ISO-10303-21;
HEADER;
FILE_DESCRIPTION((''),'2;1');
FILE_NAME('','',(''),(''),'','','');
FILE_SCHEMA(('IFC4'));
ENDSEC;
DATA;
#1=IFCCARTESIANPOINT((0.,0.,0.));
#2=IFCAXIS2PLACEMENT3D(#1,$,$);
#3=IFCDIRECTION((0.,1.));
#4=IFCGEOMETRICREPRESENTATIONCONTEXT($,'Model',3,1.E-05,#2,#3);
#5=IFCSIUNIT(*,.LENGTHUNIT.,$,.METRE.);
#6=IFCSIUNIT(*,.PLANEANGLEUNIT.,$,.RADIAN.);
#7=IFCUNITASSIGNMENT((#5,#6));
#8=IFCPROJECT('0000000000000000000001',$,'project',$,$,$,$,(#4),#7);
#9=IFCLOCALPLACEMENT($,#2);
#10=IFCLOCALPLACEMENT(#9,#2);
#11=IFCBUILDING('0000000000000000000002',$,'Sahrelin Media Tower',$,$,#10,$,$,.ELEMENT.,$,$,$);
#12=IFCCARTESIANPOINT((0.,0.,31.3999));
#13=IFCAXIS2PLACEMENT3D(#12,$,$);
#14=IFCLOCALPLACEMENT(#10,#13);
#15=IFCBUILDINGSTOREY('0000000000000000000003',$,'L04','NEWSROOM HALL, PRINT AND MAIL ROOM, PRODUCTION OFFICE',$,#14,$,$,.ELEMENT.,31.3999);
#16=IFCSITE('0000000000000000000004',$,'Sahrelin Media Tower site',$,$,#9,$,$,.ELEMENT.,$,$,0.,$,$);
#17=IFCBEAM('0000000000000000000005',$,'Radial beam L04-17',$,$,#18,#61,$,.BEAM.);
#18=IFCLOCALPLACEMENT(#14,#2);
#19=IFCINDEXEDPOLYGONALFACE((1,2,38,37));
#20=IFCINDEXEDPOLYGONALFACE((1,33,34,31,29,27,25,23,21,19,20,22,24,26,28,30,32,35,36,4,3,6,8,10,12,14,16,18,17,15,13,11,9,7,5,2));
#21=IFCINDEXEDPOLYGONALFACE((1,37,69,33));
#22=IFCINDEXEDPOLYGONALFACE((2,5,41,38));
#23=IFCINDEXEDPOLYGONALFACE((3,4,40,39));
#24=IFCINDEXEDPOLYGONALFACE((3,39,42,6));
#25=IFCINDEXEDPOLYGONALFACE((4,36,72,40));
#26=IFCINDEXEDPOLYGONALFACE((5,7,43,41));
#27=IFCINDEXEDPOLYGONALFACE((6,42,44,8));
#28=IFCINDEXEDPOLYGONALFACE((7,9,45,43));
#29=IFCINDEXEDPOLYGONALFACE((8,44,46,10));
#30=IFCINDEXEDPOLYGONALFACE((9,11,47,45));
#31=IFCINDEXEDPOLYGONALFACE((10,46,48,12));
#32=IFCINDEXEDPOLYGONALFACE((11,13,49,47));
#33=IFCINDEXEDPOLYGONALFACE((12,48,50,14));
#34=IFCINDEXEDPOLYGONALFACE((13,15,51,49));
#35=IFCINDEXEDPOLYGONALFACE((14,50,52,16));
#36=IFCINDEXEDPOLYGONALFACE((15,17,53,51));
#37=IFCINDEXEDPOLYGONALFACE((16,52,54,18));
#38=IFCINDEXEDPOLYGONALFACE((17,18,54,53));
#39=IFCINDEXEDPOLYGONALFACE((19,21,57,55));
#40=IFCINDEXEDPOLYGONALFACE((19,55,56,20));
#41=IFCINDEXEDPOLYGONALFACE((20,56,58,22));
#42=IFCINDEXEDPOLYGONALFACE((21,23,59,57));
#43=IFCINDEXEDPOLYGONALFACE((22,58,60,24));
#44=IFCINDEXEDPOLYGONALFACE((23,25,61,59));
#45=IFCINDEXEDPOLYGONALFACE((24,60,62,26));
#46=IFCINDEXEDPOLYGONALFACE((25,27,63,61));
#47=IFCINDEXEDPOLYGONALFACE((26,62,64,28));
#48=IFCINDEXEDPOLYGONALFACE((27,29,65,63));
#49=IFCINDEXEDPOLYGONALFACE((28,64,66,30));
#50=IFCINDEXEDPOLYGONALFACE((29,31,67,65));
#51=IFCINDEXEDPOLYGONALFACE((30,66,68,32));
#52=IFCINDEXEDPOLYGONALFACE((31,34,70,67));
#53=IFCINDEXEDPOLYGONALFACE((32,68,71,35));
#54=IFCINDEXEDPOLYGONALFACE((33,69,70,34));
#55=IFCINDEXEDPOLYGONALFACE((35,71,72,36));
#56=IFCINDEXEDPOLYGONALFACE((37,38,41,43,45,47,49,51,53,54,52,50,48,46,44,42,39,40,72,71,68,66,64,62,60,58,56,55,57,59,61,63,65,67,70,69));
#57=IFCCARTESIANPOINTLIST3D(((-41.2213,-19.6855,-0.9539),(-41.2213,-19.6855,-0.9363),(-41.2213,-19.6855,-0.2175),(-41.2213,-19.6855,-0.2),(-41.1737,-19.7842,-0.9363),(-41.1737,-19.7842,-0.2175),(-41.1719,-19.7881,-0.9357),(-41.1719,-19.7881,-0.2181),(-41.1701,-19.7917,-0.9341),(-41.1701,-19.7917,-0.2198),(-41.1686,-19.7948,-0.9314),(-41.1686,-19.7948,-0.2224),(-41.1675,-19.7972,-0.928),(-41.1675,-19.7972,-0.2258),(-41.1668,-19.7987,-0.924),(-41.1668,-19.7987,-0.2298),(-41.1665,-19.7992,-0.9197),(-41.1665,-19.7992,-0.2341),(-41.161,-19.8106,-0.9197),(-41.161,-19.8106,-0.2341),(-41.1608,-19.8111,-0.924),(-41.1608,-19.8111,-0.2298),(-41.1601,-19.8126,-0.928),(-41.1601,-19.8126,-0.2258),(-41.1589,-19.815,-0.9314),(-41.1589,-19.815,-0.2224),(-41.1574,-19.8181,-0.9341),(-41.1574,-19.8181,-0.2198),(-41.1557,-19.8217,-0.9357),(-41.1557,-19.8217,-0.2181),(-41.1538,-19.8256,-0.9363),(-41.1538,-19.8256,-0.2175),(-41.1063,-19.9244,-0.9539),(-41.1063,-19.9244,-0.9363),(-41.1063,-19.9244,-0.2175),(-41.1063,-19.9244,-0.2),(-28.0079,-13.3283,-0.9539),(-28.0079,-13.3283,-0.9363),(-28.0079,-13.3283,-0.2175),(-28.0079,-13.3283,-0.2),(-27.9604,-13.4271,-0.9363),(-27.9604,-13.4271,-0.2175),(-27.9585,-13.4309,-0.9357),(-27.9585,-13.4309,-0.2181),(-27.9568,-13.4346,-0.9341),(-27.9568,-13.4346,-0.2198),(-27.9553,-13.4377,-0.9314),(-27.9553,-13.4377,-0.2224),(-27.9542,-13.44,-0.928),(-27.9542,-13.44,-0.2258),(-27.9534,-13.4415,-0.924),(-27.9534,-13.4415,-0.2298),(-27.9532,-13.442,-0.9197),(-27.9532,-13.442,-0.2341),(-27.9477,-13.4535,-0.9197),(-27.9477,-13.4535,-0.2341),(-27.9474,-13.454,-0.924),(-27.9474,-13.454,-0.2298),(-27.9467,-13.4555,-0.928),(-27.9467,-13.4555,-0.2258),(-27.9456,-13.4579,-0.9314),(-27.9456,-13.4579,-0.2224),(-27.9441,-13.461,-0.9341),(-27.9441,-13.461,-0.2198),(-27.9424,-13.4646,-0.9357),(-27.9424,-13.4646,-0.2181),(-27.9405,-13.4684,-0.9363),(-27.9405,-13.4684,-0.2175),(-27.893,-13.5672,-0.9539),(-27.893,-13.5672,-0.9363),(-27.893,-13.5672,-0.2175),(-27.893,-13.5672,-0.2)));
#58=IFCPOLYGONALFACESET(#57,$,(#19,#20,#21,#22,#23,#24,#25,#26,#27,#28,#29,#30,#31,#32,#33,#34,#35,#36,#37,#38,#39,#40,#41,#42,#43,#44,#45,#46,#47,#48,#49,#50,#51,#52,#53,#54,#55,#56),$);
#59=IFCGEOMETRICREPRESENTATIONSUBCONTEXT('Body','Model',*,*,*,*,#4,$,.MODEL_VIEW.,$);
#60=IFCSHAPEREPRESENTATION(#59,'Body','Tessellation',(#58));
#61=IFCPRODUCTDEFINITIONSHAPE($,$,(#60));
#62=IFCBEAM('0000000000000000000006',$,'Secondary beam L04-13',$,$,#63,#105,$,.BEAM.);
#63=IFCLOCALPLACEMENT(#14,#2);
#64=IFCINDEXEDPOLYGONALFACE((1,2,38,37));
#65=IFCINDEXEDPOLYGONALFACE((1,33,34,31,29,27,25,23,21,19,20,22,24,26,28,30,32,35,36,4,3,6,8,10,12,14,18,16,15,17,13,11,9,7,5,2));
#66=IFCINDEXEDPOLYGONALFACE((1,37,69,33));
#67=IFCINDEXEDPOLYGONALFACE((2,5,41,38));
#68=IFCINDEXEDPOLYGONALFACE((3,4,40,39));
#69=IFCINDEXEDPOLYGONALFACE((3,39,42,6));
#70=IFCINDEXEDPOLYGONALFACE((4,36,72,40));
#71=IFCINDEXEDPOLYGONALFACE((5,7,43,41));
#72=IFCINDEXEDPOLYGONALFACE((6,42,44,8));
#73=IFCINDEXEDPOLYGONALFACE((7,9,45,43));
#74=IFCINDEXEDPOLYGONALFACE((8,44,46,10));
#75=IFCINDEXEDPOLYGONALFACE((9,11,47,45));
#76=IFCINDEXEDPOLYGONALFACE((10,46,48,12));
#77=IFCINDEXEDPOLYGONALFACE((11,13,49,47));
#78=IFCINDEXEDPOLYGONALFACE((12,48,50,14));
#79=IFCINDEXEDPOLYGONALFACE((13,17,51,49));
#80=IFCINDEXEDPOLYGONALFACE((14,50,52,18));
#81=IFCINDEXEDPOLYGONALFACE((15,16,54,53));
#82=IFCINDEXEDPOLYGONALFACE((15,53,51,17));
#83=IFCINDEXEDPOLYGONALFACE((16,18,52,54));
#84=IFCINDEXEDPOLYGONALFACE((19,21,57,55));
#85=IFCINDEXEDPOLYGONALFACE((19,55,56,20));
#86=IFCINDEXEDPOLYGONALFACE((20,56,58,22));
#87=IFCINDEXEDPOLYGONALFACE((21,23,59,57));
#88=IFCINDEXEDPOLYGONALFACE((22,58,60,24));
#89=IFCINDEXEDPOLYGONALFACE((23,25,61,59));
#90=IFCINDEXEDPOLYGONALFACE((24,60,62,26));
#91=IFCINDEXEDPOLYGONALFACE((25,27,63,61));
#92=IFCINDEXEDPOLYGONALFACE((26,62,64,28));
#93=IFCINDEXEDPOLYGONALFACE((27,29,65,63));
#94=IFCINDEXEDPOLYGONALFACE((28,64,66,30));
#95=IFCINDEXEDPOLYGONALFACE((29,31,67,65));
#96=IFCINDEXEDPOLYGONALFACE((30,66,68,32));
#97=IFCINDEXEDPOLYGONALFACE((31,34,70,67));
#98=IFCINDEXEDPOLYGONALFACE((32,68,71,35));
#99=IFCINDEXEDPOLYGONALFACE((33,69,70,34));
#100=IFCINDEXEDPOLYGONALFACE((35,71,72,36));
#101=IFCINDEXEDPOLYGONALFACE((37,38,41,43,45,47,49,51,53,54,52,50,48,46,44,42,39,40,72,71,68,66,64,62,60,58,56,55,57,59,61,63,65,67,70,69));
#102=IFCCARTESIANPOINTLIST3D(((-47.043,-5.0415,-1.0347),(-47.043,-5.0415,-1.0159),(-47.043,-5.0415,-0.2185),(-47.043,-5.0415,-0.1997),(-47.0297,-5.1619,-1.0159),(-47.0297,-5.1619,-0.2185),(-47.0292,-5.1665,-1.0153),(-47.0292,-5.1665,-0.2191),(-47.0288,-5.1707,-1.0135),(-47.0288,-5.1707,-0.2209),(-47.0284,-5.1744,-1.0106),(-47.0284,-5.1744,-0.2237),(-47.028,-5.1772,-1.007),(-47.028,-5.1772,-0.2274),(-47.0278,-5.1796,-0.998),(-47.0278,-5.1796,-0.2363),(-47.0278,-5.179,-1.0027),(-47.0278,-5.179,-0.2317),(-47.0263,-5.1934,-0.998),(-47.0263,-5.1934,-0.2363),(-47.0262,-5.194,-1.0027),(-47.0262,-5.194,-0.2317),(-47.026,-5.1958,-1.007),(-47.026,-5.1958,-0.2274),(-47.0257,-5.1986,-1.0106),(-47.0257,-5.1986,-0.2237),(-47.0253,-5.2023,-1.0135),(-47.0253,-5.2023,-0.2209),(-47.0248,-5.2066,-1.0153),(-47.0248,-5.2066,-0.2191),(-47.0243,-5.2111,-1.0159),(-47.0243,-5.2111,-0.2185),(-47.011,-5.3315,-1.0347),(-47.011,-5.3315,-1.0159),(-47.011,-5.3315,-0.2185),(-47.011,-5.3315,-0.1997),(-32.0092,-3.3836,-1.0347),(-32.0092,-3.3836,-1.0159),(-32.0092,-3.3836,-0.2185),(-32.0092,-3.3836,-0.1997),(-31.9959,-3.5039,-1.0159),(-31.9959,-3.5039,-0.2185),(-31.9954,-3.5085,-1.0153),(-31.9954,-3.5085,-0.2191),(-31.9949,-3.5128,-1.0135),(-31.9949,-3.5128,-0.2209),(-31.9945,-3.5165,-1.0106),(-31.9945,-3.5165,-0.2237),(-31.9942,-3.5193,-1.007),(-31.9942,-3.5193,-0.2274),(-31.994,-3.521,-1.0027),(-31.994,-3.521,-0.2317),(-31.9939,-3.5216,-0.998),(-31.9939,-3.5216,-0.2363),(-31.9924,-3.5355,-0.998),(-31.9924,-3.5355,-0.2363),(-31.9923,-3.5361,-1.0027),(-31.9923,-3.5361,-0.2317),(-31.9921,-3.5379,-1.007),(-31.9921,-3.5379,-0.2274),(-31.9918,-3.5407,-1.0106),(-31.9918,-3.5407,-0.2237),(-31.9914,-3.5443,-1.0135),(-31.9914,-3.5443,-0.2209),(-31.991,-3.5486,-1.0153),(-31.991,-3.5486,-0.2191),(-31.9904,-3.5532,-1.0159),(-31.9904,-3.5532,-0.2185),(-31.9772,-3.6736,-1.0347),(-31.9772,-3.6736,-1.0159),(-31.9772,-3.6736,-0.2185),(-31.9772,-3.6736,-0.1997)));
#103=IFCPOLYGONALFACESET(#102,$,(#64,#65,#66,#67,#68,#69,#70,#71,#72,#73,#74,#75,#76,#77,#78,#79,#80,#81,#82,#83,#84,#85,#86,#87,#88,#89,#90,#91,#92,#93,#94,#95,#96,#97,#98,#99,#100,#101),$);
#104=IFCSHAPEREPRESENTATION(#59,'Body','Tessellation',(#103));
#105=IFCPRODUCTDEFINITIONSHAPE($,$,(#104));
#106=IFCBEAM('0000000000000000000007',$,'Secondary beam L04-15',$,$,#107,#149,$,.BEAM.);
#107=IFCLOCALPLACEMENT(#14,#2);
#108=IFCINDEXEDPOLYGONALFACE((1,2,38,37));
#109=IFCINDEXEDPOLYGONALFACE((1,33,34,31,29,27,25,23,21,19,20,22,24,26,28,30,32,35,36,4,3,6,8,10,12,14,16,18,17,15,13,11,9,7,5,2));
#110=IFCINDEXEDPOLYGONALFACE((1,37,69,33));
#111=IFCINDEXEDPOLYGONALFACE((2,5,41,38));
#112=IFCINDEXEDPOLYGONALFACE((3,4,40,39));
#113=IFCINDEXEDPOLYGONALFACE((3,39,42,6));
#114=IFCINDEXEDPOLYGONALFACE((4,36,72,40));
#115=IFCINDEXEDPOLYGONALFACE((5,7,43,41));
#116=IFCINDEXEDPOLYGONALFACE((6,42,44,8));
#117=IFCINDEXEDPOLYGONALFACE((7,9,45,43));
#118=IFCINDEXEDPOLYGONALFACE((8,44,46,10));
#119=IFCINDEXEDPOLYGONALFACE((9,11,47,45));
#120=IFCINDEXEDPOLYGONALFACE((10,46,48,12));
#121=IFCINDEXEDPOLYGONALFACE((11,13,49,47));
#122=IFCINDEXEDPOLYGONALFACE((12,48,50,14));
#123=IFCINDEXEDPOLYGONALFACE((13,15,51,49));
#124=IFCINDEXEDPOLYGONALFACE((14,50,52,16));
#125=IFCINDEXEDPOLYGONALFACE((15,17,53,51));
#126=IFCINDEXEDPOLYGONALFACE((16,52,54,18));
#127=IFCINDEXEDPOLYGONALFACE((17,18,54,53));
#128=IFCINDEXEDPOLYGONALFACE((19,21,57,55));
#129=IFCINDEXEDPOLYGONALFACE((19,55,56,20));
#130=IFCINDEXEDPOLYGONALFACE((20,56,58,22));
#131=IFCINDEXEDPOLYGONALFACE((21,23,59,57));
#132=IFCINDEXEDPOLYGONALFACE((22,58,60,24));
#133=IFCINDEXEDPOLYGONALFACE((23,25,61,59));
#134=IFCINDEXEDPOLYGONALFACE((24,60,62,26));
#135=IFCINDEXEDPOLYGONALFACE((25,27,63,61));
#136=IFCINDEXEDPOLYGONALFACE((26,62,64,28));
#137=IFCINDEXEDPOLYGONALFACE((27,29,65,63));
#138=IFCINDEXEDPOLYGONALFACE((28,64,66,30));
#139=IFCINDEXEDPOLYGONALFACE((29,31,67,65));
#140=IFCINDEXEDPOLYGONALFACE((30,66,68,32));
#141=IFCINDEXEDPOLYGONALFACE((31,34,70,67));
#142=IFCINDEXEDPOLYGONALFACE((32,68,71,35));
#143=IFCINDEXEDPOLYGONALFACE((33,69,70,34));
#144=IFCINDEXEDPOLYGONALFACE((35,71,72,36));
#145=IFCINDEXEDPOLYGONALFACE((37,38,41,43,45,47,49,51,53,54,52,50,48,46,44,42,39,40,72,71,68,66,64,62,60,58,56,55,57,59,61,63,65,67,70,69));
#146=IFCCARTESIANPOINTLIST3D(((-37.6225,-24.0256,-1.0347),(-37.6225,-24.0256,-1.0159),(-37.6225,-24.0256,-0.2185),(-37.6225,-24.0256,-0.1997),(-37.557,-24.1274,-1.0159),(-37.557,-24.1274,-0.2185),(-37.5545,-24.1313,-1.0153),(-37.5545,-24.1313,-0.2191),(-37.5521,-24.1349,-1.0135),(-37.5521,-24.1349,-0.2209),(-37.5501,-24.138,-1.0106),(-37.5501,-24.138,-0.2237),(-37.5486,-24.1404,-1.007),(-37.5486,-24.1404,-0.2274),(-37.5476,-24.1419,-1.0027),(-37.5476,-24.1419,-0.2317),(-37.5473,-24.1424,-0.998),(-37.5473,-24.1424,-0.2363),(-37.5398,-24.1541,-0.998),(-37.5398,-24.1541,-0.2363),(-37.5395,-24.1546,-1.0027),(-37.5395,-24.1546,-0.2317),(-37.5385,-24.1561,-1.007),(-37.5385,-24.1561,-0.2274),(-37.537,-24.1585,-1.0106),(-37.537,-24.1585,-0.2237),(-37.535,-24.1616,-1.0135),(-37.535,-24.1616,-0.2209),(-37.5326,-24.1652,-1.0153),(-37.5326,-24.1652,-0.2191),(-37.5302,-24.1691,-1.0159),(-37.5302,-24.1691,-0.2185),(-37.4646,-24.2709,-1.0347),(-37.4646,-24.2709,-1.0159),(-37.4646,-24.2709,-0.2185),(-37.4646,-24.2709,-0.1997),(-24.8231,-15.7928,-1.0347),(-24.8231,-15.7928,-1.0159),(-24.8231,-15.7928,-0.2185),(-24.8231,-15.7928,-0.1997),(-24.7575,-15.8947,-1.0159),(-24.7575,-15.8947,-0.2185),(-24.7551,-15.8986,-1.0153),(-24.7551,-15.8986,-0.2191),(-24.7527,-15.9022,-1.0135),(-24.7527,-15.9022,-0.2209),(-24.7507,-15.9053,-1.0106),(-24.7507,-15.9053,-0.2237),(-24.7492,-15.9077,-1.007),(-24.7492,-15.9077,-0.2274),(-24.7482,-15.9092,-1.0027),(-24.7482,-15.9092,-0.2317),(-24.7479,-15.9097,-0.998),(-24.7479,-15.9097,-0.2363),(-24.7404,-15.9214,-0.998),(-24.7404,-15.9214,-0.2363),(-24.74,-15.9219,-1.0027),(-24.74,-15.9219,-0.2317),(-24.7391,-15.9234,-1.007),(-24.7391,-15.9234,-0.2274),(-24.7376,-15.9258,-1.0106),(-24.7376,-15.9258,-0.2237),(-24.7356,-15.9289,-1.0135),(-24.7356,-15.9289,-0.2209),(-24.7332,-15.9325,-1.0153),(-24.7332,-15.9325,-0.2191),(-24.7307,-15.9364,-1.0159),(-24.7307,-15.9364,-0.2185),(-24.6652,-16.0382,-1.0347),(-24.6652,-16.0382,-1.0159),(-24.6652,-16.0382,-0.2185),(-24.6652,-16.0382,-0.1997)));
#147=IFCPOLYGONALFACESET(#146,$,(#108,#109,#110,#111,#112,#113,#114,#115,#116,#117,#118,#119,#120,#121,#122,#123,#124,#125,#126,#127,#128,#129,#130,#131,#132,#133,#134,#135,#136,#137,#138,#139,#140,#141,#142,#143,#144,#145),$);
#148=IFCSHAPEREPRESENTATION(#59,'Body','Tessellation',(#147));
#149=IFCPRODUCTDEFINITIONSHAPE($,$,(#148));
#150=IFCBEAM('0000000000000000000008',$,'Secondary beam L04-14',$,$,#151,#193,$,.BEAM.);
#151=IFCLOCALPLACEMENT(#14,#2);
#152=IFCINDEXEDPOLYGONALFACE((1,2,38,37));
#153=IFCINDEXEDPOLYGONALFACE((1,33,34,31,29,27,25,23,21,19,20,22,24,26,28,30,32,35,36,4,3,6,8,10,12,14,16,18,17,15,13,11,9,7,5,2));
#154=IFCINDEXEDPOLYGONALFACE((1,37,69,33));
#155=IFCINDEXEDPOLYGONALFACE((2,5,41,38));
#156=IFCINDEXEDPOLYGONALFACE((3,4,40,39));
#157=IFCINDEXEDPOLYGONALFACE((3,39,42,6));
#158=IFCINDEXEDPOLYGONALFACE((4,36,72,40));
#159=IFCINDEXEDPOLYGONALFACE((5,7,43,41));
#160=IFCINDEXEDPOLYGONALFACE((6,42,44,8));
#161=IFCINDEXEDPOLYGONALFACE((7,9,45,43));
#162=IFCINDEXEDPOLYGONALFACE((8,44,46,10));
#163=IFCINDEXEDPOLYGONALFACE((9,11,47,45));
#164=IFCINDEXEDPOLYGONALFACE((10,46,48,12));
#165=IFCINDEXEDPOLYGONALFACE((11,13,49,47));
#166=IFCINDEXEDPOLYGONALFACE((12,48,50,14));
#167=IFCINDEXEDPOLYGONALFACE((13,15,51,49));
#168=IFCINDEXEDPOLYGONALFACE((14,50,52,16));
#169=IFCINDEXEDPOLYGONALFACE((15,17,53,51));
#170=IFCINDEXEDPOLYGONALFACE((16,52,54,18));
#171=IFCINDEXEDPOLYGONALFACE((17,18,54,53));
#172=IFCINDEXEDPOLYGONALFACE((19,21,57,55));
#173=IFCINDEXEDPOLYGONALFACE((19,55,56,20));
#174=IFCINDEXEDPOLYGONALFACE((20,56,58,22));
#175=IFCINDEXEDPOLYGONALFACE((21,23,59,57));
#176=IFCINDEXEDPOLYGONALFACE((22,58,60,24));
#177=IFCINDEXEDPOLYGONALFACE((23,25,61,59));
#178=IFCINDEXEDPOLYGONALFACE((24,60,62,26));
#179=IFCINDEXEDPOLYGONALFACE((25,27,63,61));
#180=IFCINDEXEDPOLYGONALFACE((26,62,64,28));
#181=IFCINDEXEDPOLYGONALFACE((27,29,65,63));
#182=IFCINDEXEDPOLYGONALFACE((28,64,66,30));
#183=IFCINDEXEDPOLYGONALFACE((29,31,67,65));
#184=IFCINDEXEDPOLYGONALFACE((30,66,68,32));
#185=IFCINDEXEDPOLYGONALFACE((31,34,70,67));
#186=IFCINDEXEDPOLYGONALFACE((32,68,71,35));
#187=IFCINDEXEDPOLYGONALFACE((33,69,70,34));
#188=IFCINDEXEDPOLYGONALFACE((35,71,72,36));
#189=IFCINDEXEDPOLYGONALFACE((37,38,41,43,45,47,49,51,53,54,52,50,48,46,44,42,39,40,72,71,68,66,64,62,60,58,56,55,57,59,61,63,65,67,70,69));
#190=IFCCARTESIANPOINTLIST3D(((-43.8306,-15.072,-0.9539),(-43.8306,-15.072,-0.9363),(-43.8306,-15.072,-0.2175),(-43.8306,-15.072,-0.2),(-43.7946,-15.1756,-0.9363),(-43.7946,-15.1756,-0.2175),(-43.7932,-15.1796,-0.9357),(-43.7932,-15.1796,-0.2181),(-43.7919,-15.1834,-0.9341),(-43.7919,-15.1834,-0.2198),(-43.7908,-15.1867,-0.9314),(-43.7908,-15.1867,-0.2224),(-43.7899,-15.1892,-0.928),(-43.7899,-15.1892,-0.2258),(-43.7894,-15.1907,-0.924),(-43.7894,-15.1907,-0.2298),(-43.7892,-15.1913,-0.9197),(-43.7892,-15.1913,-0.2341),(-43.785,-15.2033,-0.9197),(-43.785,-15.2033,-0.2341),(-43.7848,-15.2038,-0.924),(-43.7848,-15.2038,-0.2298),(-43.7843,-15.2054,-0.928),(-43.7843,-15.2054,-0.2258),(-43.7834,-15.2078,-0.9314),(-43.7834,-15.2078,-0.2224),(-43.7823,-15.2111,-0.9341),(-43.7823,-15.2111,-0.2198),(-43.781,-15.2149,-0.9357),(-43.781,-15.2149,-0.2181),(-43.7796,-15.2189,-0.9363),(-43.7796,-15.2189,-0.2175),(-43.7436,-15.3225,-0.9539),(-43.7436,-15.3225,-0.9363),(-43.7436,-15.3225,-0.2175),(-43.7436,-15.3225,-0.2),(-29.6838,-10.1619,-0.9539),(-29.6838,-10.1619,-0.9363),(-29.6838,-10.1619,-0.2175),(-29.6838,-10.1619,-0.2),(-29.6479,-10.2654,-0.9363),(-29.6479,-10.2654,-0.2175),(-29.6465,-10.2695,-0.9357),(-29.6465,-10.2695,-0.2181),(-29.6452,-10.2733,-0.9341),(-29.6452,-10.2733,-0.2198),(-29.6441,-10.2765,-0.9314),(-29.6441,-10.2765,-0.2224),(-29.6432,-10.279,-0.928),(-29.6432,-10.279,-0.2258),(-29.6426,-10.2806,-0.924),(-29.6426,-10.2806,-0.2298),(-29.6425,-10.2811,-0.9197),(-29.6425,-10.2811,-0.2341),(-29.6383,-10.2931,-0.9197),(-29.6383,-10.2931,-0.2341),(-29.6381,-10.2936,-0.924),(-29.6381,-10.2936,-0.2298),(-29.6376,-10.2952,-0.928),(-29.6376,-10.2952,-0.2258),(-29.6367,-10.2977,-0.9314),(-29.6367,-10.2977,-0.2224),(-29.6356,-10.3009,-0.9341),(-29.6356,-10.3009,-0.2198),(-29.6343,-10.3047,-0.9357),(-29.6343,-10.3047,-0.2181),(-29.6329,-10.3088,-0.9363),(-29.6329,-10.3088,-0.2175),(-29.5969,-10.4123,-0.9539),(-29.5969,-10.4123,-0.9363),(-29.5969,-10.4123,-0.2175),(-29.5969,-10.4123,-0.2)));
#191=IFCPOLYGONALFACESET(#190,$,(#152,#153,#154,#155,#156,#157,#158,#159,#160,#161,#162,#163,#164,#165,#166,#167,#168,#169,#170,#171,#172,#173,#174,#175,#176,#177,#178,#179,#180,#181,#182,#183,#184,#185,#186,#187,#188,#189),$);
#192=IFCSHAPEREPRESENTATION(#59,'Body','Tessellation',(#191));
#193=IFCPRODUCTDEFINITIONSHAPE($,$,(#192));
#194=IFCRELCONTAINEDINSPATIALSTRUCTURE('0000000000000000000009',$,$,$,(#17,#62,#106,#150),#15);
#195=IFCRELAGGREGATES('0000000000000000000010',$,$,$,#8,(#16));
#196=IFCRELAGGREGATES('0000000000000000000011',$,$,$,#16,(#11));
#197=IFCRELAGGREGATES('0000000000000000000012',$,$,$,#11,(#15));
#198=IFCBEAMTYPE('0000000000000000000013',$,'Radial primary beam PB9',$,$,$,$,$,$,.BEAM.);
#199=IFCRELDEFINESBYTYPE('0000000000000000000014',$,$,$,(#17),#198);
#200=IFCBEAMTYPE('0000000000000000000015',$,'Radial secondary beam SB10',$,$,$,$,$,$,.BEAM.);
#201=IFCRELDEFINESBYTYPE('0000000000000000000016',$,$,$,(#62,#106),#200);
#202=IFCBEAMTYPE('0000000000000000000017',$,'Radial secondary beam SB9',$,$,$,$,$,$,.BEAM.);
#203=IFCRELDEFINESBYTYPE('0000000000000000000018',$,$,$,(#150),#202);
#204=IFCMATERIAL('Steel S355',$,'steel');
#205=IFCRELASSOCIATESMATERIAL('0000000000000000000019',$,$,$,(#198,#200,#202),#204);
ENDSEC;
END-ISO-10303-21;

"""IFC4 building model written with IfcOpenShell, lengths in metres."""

from ifc_helpers import new_model, si_unit, direction, frame, origin, origin_2d, place, context, subcontext, project, spatial, i_section, extrude, material, material_profile, profile_set, type_object, element, save


model = new_model("IFC4")

# Units and contexts
model_context = context("Model", 3, precision=1e-05, world=origin(), true_north=direction((0.0, 1.0)))
body_context = subcontext(model_context, "Body", "Model", "MODEL_VIEW")
ifc_project = project(units=[si_unit("LENGTHUNIT", "METRE"), si_unit("PLANEANGLEUNIT", "RADIAN")], contexts=[model_context])

# Site, building, storey
site_placement = place(None, origin())
site = spatial("IfcSite", under=ifc_project, at=site_placement, Name="Sahrelin Media Tower site", CompositionType="ELEMENT", RefElevation=0.0)
building_placement = place(site_placement, origin())
building = spatial("IfcBuilding", under=site, at=building_placement, Name="Sahrelin Media Tower", CompositionType="ELEMENT")
storey_placement = place(building_placement, frame((0.0, 0.0, 31.3999)))
storey = spatial("IfcBuildingStorey", under=building, at=storey_placement, Name="L04", Description="NEWSROOM HALL, PRINT AND MAIL ROOM, PRODUCTION OFFICE", CompositionType="ELEMENT", Elevation=31.3999)

# Beams
ifc_material_1 = material(Name="Steel S355", Category="steel")
ifc_material_profile_1 = material_profile(ifc_material_1, i_section(OverallWidth=0.2651, OverallDepth=0.7539, WebThickness=0.0127, FlangeThickness=0.0176, FilletRadius=0.0166, at=origin_2d()), Name="UB 762x267x147")
ifc_profile_set_1 = profile_set([ifc_material_profile_1], Name="Steel S355")
beam_type_1 = type_object("IfcBeamType", Name="Radial primary beam PB9", PredefinedType="BEAM", material=ifc_profile_set_1)
beam_1_placement = place(storey_placement, frame((-27.9504, -13.4478, -0.5769), z_axis=(-0.90113, -0.433549, 0.0), x_axis=(0.433549, -0.90113, 0.0)))
element("IfcBeam", 1, at=beam_1_placement, inside=storey, type_object=beam_type_1, Name="Radial beam L04-17", PredefinedType="BEAM", context=body_context, shape_type="SweptSolid", body=[
    extrude(i_section(OverallWidth=0.2651, OverallDepth=0.7539, WebThickness=0.0127, FlangeThickness=0.0176, FilletRadius=0.0166, at=origin_2d()), origin(), (0.0, 0.0, 1.0), 14.6631),
])
ifc_material_profile_2 = material_profile(ifc_material_1, i_section(OverallWidth=0.2917, OverallDepth=0.835, WebThickness=0.0139, FlangeThickness=0.0188, FilletRadius=0.0178, at=origin_2d()), Name="UB 838x292x176")
ifc_profile_set_2 = profile_set([ifc_material_profile_2], Name="Steel S355")
beam_type_2 = type_object("IfcBeamType", Name="Radial secondary beam SB10", PredefinedType="BEAM", material=ifc_profile_set_2)
beam_2_placement = place(storey_placement, frame((-31.9932, -3.5286, -0.6172), z_axis=(-0.993974, -0.109617, 0.0), x_axis=(0.109617, -0.993974, 0.0)))
element("IfcBeam", 2, at=beam_2_placement, inside=storey, type_object=beam_type_2, Name="Secondary beam L04-13", PredefinedType="BEAM", context=body_context, shape_type="SweptSolid", body=[
    extrude(i_section(OverallWidth=0.2917, OverallDepth=0.835, WebThickness=0.0139, FlangeThickness=0.0188, FilletRadius=0.0178, at=origin_2d()), origin(), (0.0, 0.0, 1.0), 15.125),
])
beam_3_placement = place(storey_placement, frame((-24.7441, -15.9155, -0.6172), z_axis=(-0.841043, -0.540968, 0.0), x_axis=(0.540968, -0.841043, 0.0)))
element("IfcBeam", 3, at=beam_3_placement, inside=storey, type_object=beam_type_2, Name="Secondary beam L04-15", PredefinedType="BEAM", context=body_context, shape_type="SweptSolid", body=[
    extrude(i_section(OverallWidth=0.2917, OverallDepth=0.835, WebThickness=0.0139, FlangeThickness=0.0188, FilletRadius=0.0178, at=origin_2d()), origin(), (0.0, 0.0, 1.0), 15.2185),
])
ifc_material_profile_3 = material_profile(ifc_material_1, i_section(OverallWidth=0.2651, OverallDepth=0.7539, WebThickness=0.0127, FlangeThickness=0.0176, FilletRadius=0.0166, at=origin_2d()), Name="UB 762x267x147")
ifc_profile_set_3 = profile_set([ifc_material_profile_3], Name="Steel S355")
beam_type_3 = type_object("IfcBeamType", Name="Radial secondary beam SB9", PredefinedType="BEAM", material=ifc_profile_set_3)
beam_4_placement = place(storey_placement, frame((-29.6404, -10.2871, -0.5769), z_axis=(-0.944713, -0.327898, 0.0), x_axis=(0.327898, -0.944713, 0.0)))
element("IfcBeam", 4, at=beam_4_placement, inside=storey, type_object=beam_type_3, Name="Secondary beam L04-14", PredefinedType="BEAM", context=body_context, shape_type="SweptSolid", body=[
    extrude(i_section(OverallWidth=0.2651, OverallDepth=0.7539, WebThickness=0.0127, FlangeThickness=0.0176, FilletRadius=0.0166, at=origin_2d()), origin(), (0.0, 0.0, 1.0), 14.9746),
])

save(model, "model.ifc")
